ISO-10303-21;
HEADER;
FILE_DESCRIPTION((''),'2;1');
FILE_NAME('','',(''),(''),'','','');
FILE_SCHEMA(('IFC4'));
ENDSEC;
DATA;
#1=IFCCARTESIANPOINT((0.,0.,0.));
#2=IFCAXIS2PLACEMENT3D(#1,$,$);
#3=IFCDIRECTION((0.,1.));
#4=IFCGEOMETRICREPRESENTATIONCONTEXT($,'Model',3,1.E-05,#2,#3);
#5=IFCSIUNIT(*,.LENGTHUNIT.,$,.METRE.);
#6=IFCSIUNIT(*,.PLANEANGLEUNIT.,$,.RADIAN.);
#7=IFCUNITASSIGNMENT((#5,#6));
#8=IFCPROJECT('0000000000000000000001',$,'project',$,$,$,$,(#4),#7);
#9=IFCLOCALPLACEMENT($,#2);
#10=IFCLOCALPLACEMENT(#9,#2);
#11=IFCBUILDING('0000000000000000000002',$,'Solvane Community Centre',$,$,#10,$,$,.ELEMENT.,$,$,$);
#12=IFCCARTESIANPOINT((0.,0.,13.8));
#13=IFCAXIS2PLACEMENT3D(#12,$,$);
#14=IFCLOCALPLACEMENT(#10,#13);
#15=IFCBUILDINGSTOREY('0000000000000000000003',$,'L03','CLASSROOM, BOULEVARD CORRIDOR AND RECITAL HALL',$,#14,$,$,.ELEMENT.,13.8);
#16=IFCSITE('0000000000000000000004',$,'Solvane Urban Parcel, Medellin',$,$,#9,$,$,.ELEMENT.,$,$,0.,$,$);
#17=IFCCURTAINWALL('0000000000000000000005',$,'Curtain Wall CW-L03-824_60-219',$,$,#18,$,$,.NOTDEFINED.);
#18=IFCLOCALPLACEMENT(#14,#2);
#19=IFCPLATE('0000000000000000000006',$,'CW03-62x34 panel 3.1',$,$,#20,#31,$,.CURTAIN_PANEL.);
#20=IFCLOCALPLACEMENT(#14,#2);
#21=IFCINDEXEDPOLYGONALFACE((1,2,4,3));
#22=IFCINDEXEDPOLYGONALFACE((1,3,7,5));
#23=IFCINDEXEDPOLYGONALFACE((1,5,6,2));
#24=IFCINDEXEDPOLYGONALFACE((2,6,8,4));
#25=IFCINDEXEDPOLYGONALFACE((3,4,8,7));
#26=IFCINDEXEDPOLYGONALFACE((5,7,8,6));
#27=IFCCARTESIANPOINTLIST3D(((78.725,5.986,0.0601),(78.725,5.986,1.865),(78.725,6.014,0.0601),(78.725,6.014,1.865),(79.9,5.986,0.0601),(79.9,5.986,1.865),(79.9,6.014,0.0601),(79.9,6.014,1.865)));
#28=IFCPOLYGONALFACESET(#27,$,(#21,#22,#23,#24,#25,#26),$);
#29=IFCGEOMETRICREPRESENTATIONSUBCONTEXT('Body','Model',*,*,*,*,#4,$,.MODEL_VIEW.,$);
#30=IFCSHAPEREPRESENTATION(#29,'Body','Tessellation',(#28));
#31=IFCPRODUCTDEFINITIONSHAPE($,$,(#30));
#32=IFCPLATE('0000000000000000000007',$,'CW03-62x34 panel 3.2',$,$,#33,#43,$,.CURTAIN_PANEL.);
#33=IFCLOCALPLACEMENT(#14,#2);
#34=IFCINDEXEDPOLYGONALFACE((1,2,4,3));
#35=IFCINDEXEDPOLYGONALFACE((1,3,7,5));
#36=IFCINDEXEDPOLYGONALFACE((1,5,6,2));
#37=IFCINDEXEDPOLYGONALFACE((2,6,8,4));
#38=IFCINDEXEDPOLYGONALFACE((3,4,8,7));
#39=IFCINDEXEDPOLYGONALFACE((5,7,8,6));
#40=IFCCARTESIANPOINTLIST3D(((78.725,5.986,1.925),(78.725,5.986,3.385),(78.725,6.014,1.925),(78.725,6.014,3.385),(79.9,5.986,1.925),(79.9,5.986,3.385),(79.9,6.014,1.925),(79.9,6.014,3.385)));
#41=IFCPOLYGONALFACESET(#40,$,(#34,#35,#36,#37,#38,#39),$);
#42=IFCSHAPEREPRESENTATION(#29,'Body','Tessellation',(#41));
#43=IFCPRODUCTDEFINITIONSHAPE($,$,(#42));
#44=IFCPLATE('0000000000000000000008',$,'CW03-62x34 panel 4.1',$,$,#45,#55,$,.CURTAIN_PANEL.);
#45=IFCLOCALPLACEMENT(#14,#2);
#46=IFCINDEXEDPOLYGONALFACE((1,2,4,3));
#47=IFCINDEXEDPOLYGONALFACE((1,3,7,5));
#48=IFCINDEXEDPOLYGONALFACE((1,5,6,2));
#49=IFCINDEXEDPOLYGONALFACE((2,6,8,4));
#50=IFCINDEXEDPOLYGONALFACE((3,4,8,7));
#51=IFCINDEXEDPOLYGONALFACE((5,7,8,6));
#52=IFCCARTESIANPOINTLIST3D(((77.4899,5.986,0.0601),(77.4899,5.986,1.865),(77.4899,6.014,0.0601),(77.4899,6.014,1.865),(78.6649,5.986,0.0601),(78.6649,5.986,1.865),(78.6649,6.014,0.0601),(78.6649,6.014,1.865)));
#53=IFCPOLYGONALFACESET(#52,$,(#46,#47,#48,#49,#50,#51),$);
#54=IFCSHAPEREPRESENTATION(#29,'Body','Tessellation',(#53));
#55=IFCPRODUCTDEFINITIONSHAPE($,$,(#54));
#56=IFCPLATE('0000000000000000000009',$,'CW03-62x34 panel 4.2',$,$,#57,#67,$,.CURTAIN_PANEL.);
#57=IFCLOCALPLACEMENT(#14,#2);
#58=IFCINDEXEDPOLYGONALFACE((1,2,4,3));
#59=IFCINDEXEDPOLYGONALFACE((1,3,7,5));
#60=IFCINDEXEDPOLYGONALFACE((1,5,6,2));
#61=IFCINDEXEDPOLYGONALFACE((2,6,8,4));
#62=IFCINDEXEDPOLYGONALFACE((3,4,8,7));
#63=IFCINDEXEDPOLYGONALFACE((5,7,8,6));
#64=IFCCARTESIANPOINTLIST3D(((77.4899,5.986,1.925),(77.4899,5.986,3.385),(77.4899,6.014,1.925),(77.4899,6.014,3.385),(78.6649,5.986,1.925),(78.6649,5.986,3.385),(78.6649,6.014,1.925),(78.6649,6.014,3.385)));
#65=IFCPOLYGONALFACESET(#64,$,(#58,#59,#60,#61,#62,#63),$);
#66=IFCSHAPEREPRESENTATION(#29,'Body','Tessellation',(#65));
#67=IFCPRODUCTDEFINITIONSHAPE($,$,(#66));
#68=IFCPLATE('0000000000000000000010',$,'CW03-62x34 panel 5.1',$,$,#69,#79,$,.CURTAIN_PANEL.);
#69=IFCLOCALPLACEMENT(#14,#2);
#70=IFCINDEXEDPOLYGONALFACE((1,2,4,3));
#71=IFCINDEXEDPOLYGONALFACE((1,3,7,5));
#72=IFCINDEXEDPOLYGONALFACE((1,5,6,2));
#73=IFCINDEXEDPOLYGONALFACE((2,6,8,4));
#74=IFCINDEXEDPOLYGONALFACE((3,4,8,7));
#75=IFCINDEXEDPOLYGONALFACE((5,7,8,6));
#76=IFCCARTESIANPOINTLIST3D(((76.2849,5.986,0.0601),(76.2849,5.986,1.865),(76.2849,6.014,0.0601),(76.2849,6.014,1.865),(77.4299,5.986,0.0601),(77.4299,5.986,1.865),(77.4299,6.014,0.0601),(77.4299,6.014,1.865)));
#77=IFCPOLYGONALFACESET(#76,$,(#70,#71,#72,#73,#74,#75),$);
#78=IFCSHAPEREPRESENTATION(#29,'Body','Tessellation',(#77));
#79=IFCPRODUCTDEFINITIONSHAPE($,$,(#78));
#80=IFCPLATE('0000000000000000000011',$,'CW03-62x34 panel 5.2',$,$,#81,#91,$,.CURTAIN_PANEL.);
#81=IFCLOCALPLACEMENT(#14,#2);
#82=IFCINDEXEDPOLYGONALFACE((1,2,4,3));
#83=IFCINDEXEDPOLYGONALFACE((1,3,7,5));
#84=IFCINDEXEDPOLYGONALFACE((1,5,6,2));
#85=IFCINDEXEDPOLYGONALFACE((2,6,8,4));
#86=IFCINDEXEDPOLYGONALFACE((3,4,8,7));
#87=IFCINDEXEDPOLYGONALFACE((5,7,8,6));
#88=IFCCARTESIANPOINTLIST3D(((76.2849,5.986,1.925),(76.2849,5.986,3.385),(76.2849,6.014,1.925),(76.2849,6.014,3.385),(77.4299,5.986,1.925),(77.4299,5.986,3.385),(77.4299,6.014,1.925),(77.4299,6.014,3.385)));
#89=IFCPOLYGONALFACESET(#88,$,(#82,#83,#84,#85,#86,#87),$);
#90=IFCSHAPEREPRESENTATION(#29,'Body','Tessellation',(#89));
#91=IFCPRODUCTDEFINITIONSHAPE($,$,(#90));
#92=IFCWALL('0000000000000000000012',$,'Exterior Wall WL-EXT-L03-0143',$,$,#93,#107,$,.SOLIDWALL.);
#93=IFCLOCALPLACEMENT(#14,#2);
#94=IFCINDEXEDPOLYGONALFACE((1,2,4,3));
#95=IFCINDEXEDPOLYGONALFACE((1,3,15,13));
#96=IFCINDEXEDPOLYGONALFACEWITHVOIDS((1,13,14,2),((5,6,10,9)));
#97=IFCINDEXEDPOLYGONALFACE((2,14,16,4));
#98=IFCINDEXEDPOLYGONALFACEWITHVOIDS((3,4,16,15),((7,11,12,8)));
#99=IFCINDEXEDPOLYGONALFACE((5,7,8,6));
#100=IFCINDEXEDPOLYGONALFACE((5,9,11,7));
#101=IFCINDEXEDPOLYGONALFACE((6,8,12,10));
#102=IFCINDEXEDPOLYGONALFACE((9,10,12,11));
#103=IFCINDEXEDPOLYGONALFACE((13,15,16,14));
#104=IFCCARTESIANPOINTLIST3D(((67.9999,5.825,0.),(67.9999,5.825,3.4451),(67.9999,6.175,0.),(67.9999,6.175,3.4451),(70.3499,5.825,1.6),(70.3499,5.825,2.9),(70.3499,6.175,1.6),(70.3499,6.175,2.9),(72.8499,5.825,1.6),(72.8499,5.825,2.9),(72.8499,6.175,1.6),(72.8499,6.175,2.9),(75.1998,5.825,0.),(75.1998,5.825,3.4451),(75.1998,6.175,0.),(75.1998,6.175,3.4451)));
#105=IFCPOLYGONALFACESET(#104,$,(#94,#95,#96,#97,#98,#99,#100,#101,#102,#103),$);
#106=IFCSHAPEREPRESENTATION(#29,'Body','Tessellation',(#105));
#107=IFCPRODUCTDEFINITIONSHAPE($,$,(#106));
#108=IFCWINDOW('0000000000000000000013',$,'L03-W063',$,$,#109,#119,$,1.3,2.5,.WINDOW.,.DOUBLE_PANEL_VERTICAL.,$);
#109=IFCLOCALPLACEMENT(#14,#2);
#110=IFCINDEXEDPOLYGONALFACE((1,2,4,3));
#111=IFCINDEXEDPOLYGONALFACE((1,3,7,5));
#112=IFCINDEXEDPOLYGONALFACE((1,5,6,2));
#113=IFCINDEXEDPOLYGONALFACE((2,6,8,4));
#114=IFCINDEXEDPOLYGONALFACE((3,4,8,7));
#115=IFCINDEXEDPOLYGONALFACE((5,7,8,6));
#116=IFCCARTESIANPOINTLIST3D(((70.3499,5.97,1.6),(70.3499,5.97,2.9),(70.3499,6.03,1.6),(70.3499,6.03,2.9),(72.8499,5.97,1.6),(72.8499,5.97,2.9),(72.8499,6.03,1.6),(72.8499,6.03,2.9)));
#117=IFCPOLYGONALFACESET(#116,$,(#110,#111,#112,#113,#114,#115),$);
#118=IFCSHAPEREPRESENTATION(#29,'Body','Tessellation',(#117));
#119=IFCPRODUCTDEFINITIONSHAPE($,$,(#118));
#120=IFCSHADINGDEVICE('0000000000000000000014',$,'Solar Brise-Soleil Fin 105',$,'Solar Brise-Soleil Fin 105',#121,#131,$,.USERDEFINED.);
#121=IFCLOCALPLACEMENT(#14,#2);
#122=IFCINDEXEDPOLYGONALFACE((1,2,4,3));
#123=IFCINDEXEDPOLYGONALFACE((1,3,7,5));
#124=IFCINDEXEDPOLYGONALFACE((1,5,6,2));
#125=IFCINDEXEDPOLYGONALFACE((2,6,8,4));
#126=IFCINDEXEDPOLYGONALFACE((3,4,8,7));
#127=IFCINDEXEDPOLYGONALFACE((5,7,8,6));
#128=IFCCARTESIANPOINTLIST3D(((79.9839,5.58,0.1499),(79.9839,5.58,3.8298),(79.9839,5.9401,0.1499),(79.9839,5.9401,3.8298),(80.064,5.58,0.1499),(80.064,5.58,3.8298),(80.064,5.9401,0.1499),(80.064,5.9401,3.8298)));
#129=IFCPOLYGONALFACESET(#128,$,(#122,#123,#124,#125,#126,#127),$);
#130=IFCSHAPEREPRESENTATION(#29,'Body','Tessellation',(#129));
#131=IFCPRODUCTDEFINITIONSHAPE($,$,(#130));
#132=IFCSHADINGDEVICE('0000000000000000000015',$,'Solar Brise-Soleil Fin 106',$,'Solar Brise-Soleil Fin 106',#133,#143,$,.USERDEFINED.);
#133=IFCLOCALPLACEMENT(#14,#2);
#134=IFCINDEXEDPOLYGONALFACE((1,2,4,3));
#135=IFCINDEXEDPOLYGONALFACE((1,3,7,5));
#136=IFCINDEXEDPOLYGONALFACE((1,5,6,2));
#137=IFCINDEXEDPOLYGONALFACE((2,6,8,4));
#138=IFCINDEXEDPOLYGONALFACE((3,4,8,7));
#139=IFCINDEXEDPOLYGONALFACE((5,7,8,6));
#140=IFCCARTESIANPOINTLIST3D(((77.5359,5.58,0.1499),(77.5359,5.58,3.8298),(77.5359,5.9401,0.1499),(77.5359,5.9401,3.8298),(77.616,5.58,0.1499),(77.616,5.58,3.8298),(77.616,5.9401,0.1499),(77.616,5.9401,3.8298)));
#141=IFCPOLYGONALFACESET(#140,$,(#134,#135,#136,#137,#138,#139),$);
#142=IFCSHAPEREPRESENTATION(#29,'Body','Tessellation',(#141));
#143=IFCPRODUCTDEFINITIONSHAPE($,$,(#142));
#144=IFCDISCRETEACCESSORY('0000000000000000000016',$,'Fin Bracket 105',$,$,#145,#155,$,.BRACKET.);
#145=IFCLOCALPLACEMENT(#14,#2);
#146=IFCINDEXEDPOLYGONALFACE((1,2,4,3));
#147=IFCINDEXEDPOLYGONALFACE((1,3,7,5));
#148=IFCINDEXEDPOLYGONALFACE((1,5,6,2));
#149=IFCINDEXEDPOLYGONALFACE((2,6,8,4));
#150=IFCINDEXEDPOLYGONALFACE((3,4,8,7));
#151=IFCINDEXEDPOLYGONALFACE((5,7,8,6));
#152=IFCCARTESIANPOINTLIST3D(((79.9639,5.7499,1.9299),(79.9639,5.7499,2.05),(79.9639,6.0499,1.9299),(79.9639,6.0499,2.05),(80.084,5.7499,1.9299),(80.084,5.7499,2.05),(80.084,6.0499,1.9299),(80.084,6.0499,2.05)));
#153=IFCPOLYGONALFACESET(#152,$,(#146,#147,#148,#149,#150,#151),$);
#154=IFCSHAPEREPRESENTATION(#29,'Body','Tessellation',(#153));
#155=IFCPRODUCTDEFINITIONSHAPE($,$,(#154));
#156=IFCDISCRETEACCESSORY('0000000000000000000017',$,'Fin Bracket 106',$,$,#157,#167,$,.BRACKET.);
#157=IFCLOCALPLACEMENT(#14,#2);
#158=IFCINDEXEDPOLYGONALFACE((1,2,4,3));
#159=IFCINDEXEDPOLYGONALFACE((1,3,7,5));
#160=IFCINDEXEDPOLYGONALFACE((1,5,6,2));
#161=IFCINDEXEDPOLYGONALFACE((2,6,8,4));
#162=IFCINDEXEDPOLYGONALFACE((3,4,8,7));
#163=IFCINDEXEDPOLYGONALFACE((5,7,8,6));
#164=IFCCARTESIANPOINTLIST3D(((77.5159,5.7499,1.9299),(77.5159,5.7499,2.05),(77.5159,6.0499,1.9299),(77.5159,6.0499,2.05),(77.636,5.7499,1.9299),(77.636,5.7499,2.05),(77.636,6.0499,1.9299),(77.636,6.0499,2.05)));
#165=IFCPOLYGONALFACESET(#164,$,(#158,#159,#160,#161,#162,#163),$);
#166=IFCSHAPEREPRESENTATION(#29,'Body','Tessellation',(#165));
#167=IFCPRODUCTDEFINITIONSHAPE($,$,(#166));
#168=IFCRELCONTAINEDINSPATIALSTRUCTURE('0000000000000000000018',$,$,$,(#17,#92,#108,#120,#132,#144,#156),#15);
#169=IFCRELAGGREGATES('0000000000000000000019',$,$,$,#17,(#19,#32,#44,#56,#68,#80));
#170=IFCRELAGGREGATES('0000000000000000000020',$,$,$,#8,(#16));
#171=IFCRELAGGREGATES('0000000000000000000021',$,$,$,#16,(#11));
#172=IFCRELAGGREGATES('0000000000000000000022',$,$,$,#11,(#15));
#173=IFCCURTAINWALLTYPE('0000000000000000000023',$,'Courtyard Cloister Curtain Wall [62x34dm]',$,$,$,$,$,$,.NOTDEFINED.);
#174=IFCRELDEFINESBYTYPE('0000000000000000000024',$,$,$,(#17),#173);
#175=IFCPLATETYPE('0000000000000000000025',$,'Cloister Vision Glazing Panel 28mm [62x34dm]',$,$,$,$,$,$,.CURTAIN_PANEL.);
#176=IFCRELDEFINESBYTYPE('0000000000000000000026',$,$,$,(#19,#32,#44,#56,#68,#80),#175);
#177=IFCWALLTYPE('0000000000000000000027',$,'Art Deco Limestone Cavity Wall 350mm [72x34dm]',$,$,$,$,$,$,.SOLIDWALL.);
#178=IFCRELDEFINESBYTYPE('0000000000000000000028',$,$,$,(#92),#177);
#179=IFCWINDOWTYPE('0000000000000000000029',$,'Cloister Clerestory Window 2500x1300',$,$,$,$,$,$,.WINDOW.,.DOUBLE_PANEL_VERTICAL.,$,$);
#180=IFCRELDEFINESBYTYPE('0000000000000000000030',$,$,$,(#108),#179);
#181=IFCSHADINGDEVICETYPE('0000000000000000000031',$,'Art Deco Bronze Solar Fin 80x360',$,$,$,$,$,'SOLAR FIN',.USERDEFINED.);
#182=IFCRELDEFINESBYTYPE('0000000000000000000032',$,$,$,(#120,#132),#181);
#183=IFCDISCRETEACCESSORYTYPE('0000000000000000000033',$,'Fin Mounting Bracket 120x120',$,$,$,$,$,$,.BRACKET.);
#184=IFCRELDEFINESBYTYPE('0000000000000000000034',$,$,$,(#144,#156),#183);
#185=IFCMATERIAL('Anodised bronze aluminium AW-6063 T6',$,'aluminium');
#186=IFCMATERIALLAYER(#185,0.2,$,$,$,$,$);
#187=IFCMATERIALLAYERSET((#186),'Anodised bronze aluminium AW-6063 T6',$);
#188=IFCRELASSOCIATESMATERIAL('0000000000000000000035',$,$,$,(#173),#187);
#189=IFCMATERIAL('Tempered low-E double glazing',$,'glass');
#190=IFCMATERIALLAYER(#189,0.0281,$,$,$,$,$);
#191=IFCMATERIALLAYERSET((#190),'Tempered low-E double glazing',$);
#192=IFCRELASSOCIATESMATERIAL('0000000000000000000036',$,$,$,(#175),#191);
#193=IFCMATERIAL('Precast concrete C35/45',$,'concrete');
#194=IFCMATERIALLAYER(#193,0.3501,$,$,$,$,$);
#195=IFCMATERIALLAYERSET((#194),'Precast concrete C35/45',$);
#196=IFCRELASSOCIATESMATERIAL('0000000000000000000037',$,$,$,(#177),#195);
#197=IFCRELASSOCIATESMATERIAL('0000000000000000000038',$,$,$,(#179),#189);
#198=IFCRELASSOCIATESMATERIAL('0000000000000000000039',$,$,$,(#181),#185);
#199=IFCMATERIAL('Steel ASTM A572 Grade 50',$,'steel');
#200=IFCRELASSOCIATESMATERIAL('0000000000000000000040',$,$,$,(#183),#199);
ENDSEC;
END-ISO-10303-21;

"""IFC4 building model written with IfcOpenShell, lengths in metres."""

from ifc_helpers import new_model, si_unit, direction, frame, frame_2d, origin, origin_2d, place, context, subcontext, project, spatial, rectangle, extrude, material, layer, layer_set, type_object, element, fill, aggregate, save


model = new_model("IFC4")

# Units and contexts
model_context = context("Model", 3, precision=1e-05, world=origin(), true_north=direction((0.0, 1.0)))
body_context = subcontext(model_context, "Body", "Model", "MODEL_VIEW")
ifc_project = project(units=[si_unit("LENGTHUNIT", "METRE"), si_unit("PLANEANGLEUNIT", "RADIAN")], contexts=[model_context])

# Site, building, storey
site_placement = place(None, origin())
site = spatial("IfcSite", under=ifc_project, at=site_placement, Name="Solvane Urban Parcel, Medellin", CompositionType="ELEMENT", RefElevation=0.0)
building_placement = place(site_placement, origin())
building = spatial("IfcBuilding", under=site, at=building_placement, Name="Solvane Community Centre", CompositionType="ELEMENT")
storey_placement = place(building_placement, frame((0.0, 0.0, 13.8)))
storey = spatial("IfcBuildingStorey", under=building, at=storey_placement, Name="L03", Description="CLASSROOM, BOULEVARD CORRIDOR AND RECITAL HALL", CompositionType="ELEMENT", Elevation=13.8)

# Curtain wall
ifc_material_1 = material(Name="Anodised bronze aluminium AW-6063 T6", Category="aluminium")
ifc_layer_1 = layer(ifc_material_1, 0.2)
ifc_layer_set_1 = layer_set([ifc_layer_1], Name="Anodised bronze aluminium AW-6063 T6")
curtain_wall_type = type_object("IfcCurtainWallType", Name="Courtyard Cloister Curtain Wall [62x34dm]", PredefinedType="NOTDEFINED", material=ifc_layer_set_1)
curtain_wall_placement = place(storey_placement, origin())
curtain_wall = element("IfcCurtainWall", 1, at=curtain_wall_placement, inside=storey, type_object=curtain_wall_type, Name="Curtain Wall CW-L03-824_60-219", PredefinedType="NOTDEFINED")

# Plates
ifc_material_2 = material(Name="Tempered low-E double glazing", Category="glass")
ifc_layer_2 = layer(ifc_material_2, 0.0281)
ifc_layer_set_2 = layer_set([ifc_layer_2], Name="Tempered low-E double glazing")
plate_type_1 = type_object("IfcPlateType", Name="Cloister Vision Glazing Panel 28mm [62x34dm]", PredefinedType="CURTAIN_PANEL", material=ifc_layer_set_2)
plate_1_placement = place(storey_placement, frame((79.3125, 6.0, 0.0601), z_axis=(0.0, 0.0, 1.0), x_axis=(-1.0, 0.0, 0.0)))
plate_1 = element("IfcPlate", 2, at=plate_1_placement, type_object=plate_type_1, Name="CW03-62x34 panel 3.1", PredefinedType="CURTAIN_PANEL", context=body_context, shape_type="SweptSolid", body=[
    extrude(rectangle(XDim=1.175, YDim=0.0281, at=origin_2d()), origin(), (0.0, 0.0, 1.0), 1.8049),
])
plate_2_placement = place(storey_placement, frame((79.3125, 6.0, 1.925), z_axis=(0.0, 0.0, 1.0), x_axis=(-1.0, 0.0, 0.0)))
plate_2 = element("IfcPlate", 3, at=plate_2_placement, type_object=plate_type_1, Name="CW03-62x34 panel 3.2", PredefinedType="CURTAIN_PANEL", context=body_context, shape_type="SweptSolid", body=[
    extrude(rectangle(XDim=1.175, YDim=0.0281, at=origin_2d()), origin(), (0.0, 0.0, 1.0), 1.46),
])
plate_3_placement = place(storey_placement, frame((78.0774, 6.0, 0.0601), z_axis=(0.0, 0.0, 1.0), x_axis=(-1.0, 0.0, 0.0)))
plate_3 = element("IfcPlate", 4, at=plate_3_placement, type_object=plate_type_1, Name="CW03-62x34 panel 4.1", PredefinedType="CURTAIN_PANEL", context=body_context, shape_type="SweptSolid", body=[
    extrude(rectangle(XDim=1.175, YDim=0.0281, at=origin_2d()), origin(), (0.0, 0.0, 1.0), 1.8049),
])
plate_4_placement = place(storey_placement, frame((78.0774, 6.0, 1.925), z_axis=(0.0, 0.0, 1.0), x_axis=(-1.0, 0.0, 0.0)))
plate_4 = element("IfcPlate", 5, at=plate_4_placement, type_object=plate_type_1, Name="CW03-62x34 panel 4.2", PredefinedType="CURTAIN_PANEL", context=body_context, shape_type="SweptSolid", body=[
    extrude(rectangle(XDim=1.175, YDim=0.0281, at=origin_2d()), origin(), (0.0, 0.0, 1.0), 1.46),
])
plate_5_placement = place(storey_placement, frame((76.8574, 6.0, 0.0601), z_axis=(0.0, 0.0, 1.0), x_axis=(-1.0, 0.0, 0.0)))
plate_5 = element("IfcPlate", 6, at=plate_5_placement, type_object=plate_type_1, Name="CW03-62x34 panel 5.1", PredefinedType="CURTAIN_PANEL", context=body_context, shape_type="SweptSolid", body=[
    extrude(rectangle(XDim=1.145, YDim=0.0281, at=origin_2d()), origin(), (0.0, 0.0, 1.0), 1.8049),
])
plate_6_placement = place(storey_placement, frame((76.8574, 6.0, 1.925), z_axis=(0.0, 0.0, 1.0), x_axis=(-1.0, 0.0, 0.0)))
plate_6 = element("IfcPlate", 7, at=plate_6_placement, type_object=plate_type_1, Name="CW03-62x34 panel 5.2", PredefinedType="CURTAIN_PANEL", context=body_context, shape_type="SweptSolid", body=[
    extrude(rectangle(XDim=1.145, YDim=0.0281, at=origin_2d()), origin(), (0.0, 0.0, 1.0), 1.46),
])
aggregate(curtain_wall, [plate_1, plate_2, plate_3, plate_4, plate_5, plate_6])

# Wall, opening, window
ifc_material_3 = material(Name="Precast concrete C35/45", Category="concrete")
ifc_layer_3 = layer(ifc_material_3, 0.3501)
ifc_layer_set_3 = layer_set([ifc_layer_3], Name="Precast concrete C35/45")
wall_type = type_object("IfcWallType", Name="Art Deco Limestone Cavity Wall 350mm [72x34dm]", PredefinedType="SOLIDWALL", material=ifc_layer_set_3)
wall_placement = place(storey_placement, frame((75.2, 6.0, 0.0), z_axis=(0.0, 0.0, 1.0), x_axis=(-1.0, 0.0, 0.0)))
wall = element("IfcWall", 8, at=wall_placement, inside=storey, type_object=wall_type, Name="Exterior Wall WL-EXT-L03-0143", PredefinedType="SOLIDWALL", context=body_context, shape_type="SweptSolid", body=[
    extrude(rectangle(XDim=7.2, YDim=0.3501, at=frame_2d((3.6001, 0.0))), origin(), (0.0, 0.0, 1.0), 3.4451),
])
opening_placement = place(wall_placement, frame((2.3501, 0.0, 1.6001)))
opening = element("IfcOpeningElement", 9, at=opening_placement, cuts=wall, PredefinedType="OPENING", context=body_context, shape_type="SweptSolid", body=[
    extrude(rectangle(XDim=2.5, YDim=1.3, at=frame_2d((1.25, 0.6499))), frame((0.0, 0.1851, 0.0), z_axis=(0.0, -1.0, 0.0), x_axis=(1.0, 0.0, 0.0)), (0.0, 0.0, 1.0), 0.3701),
])
window_type = type_object("IfcWindowType", Name="Cloister Clerestory Window 2500x1300", PartitioningType="DOUBLE_PANEL_VERTICAL", PredefinedType="WINDOW", material=ifc_material_2)
window_placement = place(opening_placement, origin())
window = element("IfcWindow", 10, at=window_placement, inside=storey, type_object=window_type, Name="L03-W063", OverallHeight=1.3, OverallWidth=2.5, PartitioningType="DOUBLE_PANEL_VERTICAL", PredefinedType="WINDOW", context=body_context, shape_type="SweptSolid", body=[
    extrude(rectangle(XDim=2.5, YDim=1.3, at=frame_2d((1.25, 0.6499))), frame((0.0, 0.03, 0.0), z_axis=(0.0, -1.0, 0.0), x_axis=(1.0, 0.0, 0.0)), (0.0, 0.0, 1.0), 0.0601),
])
fill(opening, window)

# Shading devices
shading_device_type = type_object("IfcShadingDeviceType", Name="Art Deco Bronze Solar Fin 80x360", ElementType="SOLAR FIN", PredefinedType="USERDEFINED", material=ifc_material_1)
shading_device_1_placement = place(storey_placement, frame((80.0239, 5.76, 0.1499), z_axis=(0.0, 0.0, 1.0), x_axis=(-1.0, 0.0, 0.0)))
element("IfcShadingDevice", 11, at=shading_device_1_placement, inside=storey, type_object=shading_device_type, Name="Solar Brise-Soleil Fin 105", ObjectType="Solar Brise-Soleil Fin 105", PredefinedType="USERDEFINED", context=body_context, shape_type="SweptSolid", body=[
    extrude(rectangle(XDim=0.0801, YDim=0.3601, at=origin_2d()), origin(), (0.0, 0.0, 1.0), 3.6799),
])
shading_device_2_placement = place(storey_placement, frame((77.5759, 5.76, 0.1499), z_axis=(0.0, 0.0, 1.0), x_axis=(-1.0, 0.0, 0.0)))
element("IfcShadingDevice", 12, at=shading_device_2_placement, inside=storey, type_object=shading_device_type, Name="Solar Brise-Soleil Fin 106", ObjectType="Solar Brise-Soleil Fin 106", PredefinedType="USERDEFINED", context=body_context, shape_type="SweptSolid", body=[
    extrude(rectangle(XDim=0.0801, YDim=0.3601, at=origin_2d()), origin(), (0.0, 0.0, 1.0), 3.6799),
])

# Discrete accessories
ifc_material_4 = material(Name="Steel ASTM A572 Grade 50", Category="steel")
discrete_accessory_type = type_object("IfcDiscreteAccessoryType", Name="Fin Mounting Bracket 120x120", PredefinedType="BRACKET", material=ifc_material_4)
for number, where, z_axis, x_axis, name in (
    (13, (80.0239, 5.8999, 1.9299), (0.0, 0.0, 1.0), (-1.0, 0.0, 0.0), "Fin Bracket 105"),
    (14, (77.5759, 5.8999, 1.9299), (0.0, 0.0, 1.0), (-1.0, 0.0, 0.0), "Fin Bracket 106"),
):
    element("IfcDiscreteAccessory", number, at=place(storey_placement, frame(where, z_axis=z_axis, x_axis=x_axis)), inside=storey, type_object=discrete_accessory_type, Name=name, PredefinedType="BRACKET", context=body_context, shape_type="SweptSolid", body=[
        extrude(rectangle(XDim=0.1201, YDim=0.3, at=origin_2d()), origin(), (0.0, 0.0, 1.0), 0.1201),
    ])

save(model, "model.ifc")
